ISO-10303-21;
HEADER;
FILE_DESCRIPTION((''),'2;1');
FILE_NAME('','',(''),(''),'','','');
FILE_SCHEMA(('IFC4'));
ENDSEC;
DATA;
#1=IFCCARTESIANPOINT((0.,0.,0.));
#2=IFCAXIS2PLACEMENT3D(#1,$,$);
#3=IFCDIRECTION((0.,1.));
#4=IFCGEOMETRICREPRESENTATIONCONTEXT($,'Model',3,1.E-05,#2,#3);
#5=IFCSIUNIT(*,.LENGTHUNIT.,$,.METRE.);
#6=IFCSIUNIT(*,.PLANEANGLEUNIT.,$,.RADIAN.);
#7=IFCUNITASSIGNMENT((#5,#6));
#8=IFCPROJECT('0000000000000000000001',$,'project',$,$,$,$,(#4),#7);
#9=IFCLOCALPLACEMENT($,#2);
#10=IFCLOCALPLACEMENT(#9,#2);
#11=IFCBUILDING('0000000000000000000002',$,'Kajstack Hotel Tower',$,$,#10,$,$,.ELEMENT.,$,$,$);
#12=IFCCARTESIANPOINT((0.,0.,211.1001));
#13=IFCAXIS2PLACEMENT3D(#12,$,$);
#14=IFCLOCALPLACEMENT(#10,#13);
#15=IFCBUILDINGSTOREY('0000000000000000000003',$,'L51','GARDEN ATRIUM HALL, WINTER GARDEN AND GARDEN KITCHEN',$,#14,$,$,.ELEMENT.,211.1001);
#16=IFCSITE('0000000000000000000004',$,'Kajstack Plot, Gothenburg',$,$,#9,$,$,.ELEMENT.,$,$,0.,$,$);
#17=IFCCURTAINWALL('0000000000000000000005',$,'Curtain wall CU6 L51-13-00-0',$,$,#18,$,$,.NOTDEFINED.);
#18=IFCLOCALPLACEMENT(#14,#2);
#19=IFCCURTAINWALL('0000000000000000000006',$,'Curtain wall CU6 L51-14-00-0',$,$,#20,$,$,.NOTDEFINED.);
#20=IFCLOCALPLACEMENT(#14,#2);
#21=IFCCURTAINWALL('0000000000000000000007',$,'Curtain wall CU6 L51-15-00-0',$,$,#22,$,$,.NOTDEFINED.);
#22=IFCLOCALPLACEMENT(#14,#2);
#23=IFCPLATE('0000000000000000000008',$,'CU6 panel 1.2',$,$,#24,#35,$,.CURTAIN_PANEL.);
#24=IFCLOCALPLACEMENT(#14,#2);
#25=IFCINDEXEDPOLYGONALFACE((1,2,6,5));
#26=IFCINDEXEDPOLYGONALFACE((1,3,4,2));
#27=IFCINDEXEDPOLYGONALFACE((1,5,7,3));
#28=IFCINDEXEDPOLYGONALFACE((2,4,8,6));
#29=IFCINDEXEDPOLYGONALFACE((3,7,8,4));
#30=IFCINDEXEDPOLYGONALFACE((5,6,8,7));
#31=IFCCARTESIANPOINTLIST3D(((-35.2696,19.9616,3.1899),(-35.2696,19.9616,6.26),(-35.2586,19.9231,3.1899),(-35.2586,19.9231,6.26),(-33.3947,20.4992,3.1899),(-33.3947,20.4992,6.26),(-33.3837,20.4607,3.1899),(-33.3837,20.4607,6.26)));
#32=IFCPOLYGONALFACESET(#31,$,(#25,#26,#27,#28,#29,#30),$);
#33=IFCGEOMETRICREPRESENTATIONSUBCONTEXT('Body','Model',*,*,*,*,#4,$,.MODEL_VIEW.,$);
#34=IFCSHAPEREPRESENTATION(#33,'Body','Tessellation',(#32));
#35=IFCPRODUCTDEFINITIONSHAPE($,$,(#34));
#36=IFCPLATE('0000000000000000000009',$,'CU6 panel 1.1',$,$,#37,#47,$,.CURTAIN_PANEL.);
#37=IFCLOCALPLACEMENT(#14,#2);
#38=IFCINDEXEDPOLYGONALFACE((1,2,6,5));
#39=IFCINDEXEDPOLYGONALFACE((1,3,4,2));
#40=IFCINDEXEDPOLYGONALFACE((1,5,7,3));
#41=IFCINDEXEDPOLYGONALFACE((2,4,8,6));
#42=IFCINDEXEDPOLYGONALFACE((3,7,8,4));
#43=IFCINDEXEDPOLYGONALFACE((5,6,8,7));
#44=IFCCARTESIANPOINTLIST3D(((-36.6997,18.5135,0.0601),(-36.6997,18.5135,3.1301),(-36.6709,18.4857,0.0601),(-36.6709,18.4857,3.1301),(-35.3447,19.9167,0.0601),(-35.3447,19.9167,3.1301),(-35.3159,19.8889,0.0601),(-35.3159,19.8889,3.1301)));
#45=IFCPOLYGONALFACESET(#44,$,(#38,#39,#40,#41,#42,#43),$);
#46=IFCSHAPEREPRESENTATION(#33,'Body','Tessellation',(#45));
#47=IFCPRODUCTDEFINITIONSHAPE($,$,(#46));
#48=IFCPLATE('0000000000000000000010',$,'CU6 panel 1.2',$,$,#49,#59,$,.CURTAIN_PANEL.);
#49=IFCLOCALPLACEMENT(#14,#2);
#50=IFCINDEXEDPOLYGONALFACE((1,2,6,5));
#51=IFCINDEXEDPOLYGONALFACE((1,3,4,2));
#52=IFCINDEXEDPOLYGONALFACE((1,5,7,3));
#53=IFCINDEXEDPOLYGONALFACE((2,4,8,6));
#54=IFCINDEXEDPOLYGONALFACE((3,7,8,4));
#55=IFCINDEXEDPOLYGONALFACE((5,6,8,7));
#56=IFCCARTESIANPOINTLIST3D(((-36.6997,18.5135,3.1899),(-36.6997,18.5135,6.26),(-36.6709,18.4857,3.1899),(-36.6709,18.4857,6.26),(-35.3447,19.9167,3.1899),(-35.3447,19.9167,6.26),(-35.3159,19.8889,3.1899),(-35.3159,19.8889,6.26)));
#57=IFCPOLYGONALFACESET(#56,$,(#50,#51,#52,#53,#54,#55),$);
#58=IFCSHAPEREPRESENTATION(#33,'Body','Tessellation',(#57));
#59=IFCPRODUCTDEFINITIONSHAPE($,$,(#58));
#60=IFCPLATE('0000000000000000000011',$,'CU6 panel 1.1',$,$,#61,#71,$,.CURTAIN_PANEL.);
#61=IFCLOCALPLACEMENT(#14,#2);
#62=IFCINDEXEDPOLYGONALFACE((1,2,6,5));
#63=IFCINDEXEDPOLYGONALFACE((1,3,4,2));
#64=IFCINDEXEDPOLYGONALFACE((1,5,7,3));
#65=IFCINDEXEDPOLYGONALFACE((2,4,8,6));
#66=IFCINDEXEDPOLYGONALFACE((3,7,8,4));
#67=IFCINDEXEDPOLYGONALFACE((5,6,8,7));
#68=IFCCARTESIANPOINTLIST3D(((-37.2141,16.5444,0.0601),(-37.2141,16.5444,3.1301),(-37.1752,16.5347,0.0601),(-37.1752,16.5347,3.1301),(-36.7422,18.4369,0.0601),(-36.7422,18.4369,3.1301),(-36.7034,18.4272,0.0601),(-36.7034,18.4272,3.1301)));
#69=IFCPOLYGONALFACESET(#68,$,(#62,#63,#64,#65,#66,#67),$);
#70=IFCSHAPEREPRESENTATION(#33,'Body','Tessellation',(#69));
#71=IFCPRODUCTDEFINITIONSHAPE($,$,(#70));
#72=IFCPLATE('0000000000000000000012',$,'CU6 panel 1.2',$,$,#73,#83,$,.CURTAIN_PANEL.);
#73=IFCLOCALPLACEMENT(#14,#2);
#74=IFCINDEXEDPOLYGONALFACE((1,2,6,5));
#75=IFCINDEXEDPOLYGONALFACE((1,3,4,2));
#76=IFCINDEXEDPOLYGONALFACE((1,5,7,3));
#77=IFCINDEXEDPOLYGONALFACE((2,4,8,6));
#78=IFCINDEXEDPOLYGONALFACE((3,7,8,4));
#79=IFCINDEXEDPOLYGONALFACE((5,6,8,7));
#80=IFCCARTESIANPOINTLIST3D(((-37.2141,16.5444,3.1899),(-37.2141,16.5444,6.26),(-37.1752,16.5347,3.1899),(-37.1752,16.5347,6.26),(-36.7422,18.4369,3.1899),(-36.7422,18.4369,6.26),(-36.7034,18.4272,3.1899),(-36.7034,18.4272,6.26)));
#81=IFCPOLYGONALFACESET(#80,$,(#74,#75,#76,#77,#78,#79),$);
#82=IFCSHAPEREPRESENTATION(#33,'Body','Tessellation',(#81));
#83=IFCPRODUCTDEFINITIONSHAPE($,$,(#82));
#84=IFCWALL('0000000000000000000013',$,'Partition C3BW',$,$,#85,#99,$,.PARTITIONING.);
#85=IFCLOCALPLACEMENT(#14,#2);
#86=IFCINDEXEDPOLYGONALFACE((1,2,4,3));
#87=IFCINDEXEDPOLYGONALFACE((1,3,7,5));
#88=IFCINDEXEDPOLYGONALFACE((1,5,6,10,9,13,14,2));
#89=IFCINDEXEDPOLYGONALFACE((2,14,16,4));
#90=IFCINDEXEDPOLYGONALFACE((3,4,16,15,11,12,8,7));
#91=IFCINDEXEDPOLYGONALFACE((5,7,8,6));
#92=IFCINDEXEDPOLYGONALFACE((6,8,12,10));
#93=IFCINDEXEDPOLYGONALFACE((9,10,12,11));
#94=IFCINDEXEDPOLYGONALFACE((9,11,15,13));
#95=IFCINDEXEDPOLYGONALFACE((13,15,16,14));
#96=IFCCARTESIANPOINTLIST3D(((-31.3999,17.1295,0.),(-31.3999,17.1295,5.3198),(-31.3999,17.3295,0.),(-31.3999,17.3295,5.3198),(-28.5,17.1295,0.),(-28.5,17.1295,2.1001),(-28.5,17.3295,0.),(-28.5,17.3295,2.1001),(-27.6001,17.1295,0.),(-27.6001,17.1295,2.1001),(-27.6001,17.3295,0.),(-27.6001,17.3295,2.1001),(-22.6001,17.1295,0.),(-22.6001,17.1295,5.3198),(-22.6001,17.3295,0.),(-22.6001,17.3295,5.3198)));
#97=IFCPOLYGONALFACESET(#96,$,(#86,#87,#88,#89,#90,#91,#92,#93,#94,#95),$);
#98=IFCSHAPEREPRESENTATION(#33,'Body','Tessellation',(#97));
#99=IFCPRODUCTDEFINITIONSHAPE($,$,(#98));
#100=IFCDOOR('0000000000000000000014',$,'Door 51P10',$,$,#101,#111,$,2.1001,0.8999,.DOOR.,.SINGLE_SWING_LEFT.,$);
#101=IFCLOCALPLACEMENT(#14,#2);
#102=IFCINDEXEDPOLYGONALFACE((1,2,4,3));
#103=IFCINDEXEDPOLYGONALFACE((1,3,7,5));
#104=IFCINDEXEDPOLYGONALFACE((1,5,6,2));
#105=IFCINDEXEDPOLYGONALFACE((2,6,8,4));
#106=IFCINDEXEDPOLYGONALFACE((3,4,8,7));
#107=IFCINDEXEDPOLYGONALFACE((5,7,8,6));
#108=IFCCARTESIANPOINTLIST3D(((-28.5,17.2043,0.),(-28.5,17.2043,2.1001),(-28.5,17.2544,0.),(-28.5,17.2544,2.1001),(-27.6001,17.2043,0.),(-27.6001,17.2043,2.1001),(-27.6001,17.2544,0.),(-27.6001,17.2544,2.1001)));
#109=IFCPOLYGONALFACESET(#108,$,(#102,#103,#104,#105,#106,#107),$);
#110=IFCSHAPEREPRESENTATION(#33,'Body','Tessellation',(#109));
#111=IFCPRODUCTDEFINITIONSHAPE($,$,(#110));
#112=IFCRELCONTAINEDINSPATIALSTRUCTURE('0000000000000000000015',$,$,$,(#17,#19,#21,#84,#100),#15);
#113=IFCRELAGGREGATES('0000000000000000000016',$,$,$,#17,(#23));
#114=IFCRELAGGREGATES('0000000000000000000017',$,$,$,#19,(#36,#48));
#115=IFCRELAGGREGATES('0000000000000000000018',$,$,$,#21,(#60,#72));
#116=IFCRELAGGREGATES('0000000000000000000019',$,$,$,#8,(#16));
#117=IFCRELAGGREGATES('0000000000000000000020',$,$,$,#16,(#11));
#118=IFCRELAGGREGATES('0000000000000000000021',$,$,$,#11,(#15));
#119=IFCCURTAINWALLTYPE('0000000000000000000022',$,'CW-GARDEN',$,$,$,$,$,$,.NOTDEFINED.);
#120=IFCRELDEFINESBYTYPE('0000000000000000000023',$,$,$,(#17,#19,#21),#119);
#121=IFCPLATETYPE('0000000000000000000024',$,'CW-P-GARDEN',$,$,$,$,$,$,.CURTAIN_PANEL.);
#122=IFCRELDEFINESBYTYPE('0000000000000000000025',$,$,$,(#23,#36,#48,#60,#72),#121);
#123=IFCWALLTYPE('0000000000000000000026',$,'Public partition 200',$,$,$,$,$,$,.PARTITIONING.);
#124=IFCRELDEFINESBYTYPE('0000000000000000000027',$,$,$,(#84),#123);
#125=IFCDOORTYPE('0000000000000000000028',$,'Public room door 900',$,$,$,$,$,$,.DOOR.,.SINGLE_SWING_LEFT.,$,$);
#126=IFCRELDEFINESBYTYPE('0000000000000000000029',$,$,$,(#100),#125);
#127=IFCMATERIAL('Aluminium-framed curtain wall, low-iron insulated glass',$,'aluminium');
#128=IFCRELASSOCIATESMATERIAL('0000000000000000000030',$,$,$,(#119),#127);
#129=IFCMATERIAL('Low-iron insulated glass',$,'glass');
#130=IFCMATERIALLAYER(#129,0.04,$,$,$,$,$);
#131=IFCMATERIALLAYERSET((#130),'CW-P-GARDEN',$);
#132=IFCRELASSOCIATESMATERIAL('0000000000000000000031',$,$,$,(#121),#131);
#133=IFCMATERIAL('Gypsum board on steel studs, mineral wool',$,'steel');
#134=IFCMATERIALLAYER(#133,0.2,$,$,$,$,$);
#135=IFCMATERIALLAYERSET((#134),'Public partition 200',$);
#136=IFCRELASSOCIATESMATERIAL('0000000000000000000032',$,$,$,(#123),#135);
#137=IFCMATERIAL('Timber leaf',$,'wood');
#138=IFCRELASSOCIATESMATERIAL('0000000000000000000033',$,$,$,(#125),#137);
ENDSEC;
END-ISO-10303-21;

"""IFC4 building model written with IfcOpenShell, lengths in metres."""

from ifc_helpers import new_model, si_unit, direction, frame, frame_2d, origin, origin_2d, place, context, subcontext, project, spatial, rectangle, extrude, material, layer, layer_set, type_object, element, fill, aggregate, save


model = new_model("IFC4")

# Units and contexts
model_context = context("Model", 3, precision=1e-05, world=origin(), true_north=direction((0.0, 1.0)))
body_context = subcontext(model_context, "Body", "Model", "MODEL_VIEW")
ifc_project = project(units=[si_unit("LENGTHUNIT", "METRE"), si_unit("PLANEANGLEUNIT", "RADIAN")], contexts=[model_context])

# Site, building, storey
site_placement = place(None, origin())
site = spatial("IfcSite", under=ifc_project, at=site_placement, Name="Kajstack Plot, Gothenburg", CompositionType="ELEMENT", RefElevation=0.0)
building_placement = place(site_placement, origin())
building = spatial("IfcBuilding", under=site, at=building_placement, Name="Kajstack Hotel Tower", CompositionType="ELEMENT")
storey_placement = place(building_placement, frame((0.0, 0.0, 211.1001)))
storey = spatial("IfcBuildingStorey", under=building, at=storey_placement, Name="L51", Description="GARDEN ATRIUM HALL, WINTER GARDEN AND GARDEN KITCHEN", CompositionType="ELEMENT", Elevation=211.1001)

# Shared definitions
ifc_material_1 = material(Name="Aluminium-framed curtain wall, low-iron insulated glass", Category="aluminium")
curtain_wall_type = type_object("IfcCurtainWallType", Name="CW-GARDEN", PredefinedType="NOTDEFINED", material=ifc_material_1)

# Curtain walls
curtain_wall_1_placement = place(storey_placement, origin())
curtain_wall_1 = element("IfcCurtainWall", 1, at=curtain_wall_1_placement, inside=storey, type_object=curtain_wall_type, Name="Curtain wall CU6 L51-13-00-0", PredefinedType="NOTDEFINED")
curtain_wall_2_placement = place(storey_placement, origin())
curtain_wall_2 = element("IfcCurtainWall", 2, at=curtain_wall_2_placement, inside=storey, type_object=curtain_wall_type, Name="Curtain wall CU6 L51-14-00-0", PredefinedType="NOTDEFINED")
curtain_wall_3_placement = place(storey_placement, origin())
curtain_wall_3 = element("IfcCurtainWall", 3, at=curtain_wall_3_placement, inside=storey, type_object=curtain_wall_type, Name="Curtain wall CU6 L51-15-00-0", PredefinedType="NOTDEFINED")

# Plates
ifc_material_2 = material(Name="Low-iron insulated glass", Category="glass")
ifc_layer_1 = layer(ifc_material_2, 0.04)
ifc_layer_set_1 = layer_set([ifc_layer_1], Name="CW-P-GARDEN")
plate_type = type_object("IfcPlateType", Name="CW-P-GARDEN", PredefinedType="CURTAIN_PANEL", material=ifc_layer_set_1)
plate_1_placement = place(storey_placement, frame((-34.3267, 20.2112, 3.1899), z_axis=(0.0, 0.0, 1.0), x_axis=(-0.961263, -0.275633, 0.0)))
plate_1 = element("IfcPlate", 4, at=plate_1_placement, type_object=plate_type, Name="CU6 panel 1.2", PredefinedType="CURTAIN_PANEL", context=body_context, shape_type="SweptSolid", body=[
    extrude(rectangle(XDim=1.9504, YDim=0.04, at=origin_2d()), origin(), (0.0, 0.0, 1.0), 3.0701),
])
aggregate(curtain_wall_1, [plate_1])
plate_2_placement = place(storey_placement, frame((-36.0078, 19.2012, 0.0601), z_axis=(0.0, 0.0, 1.0), x_axis=(-0.69466, -0.719338, 0.0)))
plate_2 = element("IfcPlate", 5, at=plate_2_placement, type_object=plate_type, Name="CU6 panel 1.1", PredefinedType="CURTAIN_PANEL", context=body_context, shape_type="SweptSolid", body=[
    extrude(rectangle(XDim=1.9507, YDim=0.04, at=origin_2d()), origin(), (0.0, 0.0, 1.0), 3.0701),
])
plate_3_placement = place(storey_placement, frame((-36.0078, 19.2012, 3.1899), z_axis=(0.0, 0.0, 1.0), x_axis=(-0.69466, -0.719338, 0.0)))
plate_3 = element("IfcPlate", 6, at=plate_3_placement, type_object=plate_type, Name="CU6 panel 1.2", PredefinedType="CURTAIN_PANEL", context=body_context, shape_type="SweptSolid", body=[
    extrude(rectangle(XDim=1.9507, YDim=0.04, at=origin_2d()), origin(), (0.0, 0.0, 1.0), 3.0701),
])
aggregate(curtain_wall_2, [plate_2, plate_3])
plate_4_placement = place(storey_placement, frame((-36.9587, 17.4858, 0.0601), z_axis=(0.0, 0.0, 1.0), x_axis=(-0.241922, -0.970296, 0.0)))
plate_4 = element("IfcPlate", 7, at=plate_4_placement, type_object=plate_type, Name="CU6 panel 1.1", PredefinedType="CURTAIN_PANEL", context=body_context, shape_type="SweptSolid", body=[
    extrude(rectangle(XDim=1.9504, YDim=0.04, at=origin_2d()), origin(), (0.0, 0.0, 1.0), 3.0701),
])
plate_5_placement = place(storey_placement, frame((-36.9587, 17.4858, 3.1899), z_axis=(0.0, 0.0, 1.0), x_axis=(-0.241922, -0.970296, 0.0)))
plate_5 = element("IfcPlate", 8, at=plate_5_placement, type_object=plate_type, Name="CU6 panel 1.2", PredefinedType="CURTAIN_PANEL", context=body_context, shape_type="SweptSolid", body=[
    extrude(rectangle(XDim=1.9504, YDim=0.04, at=origin_2d()), origin(), (0.0, 0.0, 1.0), 3.0701),
])
aggregate(curtain_wall_3, [plate_4, plate_5])

# Wall, opening, door
ifc_material_3 = material(Name="Gypsum board on steel studs, mineral wool", Category="steel")
ifc_layer_2 = layer(ifc_material_3, 0.2)
ifc_layer_set_2 = layer_set([ifc_layer_2], Name="Public partition 200")
wall_type = type_object("IfcWallType", Name="Public partition 200", PredefinedType="PARTITIONING", material=ifc_layer_set_2)
wall_placement = place(storey_placement, frame((-31.3999, 17.2295, 0.0), z_axis=(0.0, 0.0, 1.0), x_axis=(1.0, 0.0, 0.0)))
wall = element("IfcWall", 9, at=wall_placement, inside=storey, type_object=wall_type, Name="Partition C3BW", PredefinedType="PARTITIONING", context=body_context, shape_type="SweptSolid", body=[
    extrude(rectangle(XDim=8.7998, YDim=0.2, at=frame_2d((4.3999, 0.0))), origin(), (0.0, 0.0, 1.0), 5.3198),
])
opening_placement = place(wall_placement, frame((2.8999, 0.0, 0.0)))
opening = element("IfcOpeningElement", 10, at=opening_placement, cuts=wall, PredefinedType="OPENING", context=body_context, shape_type="SweptSolid", body=[
    extrude(rectangle(XDim=0.8999, YDim=2.1001, at=frame_2d((0.45, 1.05))), frame((0.0, 0.1099, 0.0), z_axis=(0.0, -1.0, 0.0), x_axis=(1.0, 0.0, 0.0)), (0.0, 0.0, 1.0), 0.22),
])
ifc_material_4 = material(Name="Timber leaf", Category="wood")
door_type = type_object("IfcDoorType", Name="Public room door 900", OperationType="SINGLE_SWING_LEFT", PredefinedType="DOOR", material=ifc_material_4)
door_placement = place(opening_placement, origin())
door = element("IfcDoor", 11, at=door_placement, inside=storey, type_object=door_type, Name="Door 51P10", OperationType="SINGLE_SWING_LEFT", OverallHeight=2.1001, OverallWidth=0.8999, PredefinedType="DOOR", context=body_context, shape_type="SweptSolid", body=[
    extrude(rectangle(XDim=0.8999, YDim=2.1001, at=frame_2d((0.45, 1.05))), frame((0.0, 0.0249, 0.0), z_axis=(0.0, -1.0, 0.0), x_axis=(1.0, 0.0, 0.0)), (0.0, 0.0, 1.0), 0.05),
])
fill(opening, door)

save(model, "model.ifc")
